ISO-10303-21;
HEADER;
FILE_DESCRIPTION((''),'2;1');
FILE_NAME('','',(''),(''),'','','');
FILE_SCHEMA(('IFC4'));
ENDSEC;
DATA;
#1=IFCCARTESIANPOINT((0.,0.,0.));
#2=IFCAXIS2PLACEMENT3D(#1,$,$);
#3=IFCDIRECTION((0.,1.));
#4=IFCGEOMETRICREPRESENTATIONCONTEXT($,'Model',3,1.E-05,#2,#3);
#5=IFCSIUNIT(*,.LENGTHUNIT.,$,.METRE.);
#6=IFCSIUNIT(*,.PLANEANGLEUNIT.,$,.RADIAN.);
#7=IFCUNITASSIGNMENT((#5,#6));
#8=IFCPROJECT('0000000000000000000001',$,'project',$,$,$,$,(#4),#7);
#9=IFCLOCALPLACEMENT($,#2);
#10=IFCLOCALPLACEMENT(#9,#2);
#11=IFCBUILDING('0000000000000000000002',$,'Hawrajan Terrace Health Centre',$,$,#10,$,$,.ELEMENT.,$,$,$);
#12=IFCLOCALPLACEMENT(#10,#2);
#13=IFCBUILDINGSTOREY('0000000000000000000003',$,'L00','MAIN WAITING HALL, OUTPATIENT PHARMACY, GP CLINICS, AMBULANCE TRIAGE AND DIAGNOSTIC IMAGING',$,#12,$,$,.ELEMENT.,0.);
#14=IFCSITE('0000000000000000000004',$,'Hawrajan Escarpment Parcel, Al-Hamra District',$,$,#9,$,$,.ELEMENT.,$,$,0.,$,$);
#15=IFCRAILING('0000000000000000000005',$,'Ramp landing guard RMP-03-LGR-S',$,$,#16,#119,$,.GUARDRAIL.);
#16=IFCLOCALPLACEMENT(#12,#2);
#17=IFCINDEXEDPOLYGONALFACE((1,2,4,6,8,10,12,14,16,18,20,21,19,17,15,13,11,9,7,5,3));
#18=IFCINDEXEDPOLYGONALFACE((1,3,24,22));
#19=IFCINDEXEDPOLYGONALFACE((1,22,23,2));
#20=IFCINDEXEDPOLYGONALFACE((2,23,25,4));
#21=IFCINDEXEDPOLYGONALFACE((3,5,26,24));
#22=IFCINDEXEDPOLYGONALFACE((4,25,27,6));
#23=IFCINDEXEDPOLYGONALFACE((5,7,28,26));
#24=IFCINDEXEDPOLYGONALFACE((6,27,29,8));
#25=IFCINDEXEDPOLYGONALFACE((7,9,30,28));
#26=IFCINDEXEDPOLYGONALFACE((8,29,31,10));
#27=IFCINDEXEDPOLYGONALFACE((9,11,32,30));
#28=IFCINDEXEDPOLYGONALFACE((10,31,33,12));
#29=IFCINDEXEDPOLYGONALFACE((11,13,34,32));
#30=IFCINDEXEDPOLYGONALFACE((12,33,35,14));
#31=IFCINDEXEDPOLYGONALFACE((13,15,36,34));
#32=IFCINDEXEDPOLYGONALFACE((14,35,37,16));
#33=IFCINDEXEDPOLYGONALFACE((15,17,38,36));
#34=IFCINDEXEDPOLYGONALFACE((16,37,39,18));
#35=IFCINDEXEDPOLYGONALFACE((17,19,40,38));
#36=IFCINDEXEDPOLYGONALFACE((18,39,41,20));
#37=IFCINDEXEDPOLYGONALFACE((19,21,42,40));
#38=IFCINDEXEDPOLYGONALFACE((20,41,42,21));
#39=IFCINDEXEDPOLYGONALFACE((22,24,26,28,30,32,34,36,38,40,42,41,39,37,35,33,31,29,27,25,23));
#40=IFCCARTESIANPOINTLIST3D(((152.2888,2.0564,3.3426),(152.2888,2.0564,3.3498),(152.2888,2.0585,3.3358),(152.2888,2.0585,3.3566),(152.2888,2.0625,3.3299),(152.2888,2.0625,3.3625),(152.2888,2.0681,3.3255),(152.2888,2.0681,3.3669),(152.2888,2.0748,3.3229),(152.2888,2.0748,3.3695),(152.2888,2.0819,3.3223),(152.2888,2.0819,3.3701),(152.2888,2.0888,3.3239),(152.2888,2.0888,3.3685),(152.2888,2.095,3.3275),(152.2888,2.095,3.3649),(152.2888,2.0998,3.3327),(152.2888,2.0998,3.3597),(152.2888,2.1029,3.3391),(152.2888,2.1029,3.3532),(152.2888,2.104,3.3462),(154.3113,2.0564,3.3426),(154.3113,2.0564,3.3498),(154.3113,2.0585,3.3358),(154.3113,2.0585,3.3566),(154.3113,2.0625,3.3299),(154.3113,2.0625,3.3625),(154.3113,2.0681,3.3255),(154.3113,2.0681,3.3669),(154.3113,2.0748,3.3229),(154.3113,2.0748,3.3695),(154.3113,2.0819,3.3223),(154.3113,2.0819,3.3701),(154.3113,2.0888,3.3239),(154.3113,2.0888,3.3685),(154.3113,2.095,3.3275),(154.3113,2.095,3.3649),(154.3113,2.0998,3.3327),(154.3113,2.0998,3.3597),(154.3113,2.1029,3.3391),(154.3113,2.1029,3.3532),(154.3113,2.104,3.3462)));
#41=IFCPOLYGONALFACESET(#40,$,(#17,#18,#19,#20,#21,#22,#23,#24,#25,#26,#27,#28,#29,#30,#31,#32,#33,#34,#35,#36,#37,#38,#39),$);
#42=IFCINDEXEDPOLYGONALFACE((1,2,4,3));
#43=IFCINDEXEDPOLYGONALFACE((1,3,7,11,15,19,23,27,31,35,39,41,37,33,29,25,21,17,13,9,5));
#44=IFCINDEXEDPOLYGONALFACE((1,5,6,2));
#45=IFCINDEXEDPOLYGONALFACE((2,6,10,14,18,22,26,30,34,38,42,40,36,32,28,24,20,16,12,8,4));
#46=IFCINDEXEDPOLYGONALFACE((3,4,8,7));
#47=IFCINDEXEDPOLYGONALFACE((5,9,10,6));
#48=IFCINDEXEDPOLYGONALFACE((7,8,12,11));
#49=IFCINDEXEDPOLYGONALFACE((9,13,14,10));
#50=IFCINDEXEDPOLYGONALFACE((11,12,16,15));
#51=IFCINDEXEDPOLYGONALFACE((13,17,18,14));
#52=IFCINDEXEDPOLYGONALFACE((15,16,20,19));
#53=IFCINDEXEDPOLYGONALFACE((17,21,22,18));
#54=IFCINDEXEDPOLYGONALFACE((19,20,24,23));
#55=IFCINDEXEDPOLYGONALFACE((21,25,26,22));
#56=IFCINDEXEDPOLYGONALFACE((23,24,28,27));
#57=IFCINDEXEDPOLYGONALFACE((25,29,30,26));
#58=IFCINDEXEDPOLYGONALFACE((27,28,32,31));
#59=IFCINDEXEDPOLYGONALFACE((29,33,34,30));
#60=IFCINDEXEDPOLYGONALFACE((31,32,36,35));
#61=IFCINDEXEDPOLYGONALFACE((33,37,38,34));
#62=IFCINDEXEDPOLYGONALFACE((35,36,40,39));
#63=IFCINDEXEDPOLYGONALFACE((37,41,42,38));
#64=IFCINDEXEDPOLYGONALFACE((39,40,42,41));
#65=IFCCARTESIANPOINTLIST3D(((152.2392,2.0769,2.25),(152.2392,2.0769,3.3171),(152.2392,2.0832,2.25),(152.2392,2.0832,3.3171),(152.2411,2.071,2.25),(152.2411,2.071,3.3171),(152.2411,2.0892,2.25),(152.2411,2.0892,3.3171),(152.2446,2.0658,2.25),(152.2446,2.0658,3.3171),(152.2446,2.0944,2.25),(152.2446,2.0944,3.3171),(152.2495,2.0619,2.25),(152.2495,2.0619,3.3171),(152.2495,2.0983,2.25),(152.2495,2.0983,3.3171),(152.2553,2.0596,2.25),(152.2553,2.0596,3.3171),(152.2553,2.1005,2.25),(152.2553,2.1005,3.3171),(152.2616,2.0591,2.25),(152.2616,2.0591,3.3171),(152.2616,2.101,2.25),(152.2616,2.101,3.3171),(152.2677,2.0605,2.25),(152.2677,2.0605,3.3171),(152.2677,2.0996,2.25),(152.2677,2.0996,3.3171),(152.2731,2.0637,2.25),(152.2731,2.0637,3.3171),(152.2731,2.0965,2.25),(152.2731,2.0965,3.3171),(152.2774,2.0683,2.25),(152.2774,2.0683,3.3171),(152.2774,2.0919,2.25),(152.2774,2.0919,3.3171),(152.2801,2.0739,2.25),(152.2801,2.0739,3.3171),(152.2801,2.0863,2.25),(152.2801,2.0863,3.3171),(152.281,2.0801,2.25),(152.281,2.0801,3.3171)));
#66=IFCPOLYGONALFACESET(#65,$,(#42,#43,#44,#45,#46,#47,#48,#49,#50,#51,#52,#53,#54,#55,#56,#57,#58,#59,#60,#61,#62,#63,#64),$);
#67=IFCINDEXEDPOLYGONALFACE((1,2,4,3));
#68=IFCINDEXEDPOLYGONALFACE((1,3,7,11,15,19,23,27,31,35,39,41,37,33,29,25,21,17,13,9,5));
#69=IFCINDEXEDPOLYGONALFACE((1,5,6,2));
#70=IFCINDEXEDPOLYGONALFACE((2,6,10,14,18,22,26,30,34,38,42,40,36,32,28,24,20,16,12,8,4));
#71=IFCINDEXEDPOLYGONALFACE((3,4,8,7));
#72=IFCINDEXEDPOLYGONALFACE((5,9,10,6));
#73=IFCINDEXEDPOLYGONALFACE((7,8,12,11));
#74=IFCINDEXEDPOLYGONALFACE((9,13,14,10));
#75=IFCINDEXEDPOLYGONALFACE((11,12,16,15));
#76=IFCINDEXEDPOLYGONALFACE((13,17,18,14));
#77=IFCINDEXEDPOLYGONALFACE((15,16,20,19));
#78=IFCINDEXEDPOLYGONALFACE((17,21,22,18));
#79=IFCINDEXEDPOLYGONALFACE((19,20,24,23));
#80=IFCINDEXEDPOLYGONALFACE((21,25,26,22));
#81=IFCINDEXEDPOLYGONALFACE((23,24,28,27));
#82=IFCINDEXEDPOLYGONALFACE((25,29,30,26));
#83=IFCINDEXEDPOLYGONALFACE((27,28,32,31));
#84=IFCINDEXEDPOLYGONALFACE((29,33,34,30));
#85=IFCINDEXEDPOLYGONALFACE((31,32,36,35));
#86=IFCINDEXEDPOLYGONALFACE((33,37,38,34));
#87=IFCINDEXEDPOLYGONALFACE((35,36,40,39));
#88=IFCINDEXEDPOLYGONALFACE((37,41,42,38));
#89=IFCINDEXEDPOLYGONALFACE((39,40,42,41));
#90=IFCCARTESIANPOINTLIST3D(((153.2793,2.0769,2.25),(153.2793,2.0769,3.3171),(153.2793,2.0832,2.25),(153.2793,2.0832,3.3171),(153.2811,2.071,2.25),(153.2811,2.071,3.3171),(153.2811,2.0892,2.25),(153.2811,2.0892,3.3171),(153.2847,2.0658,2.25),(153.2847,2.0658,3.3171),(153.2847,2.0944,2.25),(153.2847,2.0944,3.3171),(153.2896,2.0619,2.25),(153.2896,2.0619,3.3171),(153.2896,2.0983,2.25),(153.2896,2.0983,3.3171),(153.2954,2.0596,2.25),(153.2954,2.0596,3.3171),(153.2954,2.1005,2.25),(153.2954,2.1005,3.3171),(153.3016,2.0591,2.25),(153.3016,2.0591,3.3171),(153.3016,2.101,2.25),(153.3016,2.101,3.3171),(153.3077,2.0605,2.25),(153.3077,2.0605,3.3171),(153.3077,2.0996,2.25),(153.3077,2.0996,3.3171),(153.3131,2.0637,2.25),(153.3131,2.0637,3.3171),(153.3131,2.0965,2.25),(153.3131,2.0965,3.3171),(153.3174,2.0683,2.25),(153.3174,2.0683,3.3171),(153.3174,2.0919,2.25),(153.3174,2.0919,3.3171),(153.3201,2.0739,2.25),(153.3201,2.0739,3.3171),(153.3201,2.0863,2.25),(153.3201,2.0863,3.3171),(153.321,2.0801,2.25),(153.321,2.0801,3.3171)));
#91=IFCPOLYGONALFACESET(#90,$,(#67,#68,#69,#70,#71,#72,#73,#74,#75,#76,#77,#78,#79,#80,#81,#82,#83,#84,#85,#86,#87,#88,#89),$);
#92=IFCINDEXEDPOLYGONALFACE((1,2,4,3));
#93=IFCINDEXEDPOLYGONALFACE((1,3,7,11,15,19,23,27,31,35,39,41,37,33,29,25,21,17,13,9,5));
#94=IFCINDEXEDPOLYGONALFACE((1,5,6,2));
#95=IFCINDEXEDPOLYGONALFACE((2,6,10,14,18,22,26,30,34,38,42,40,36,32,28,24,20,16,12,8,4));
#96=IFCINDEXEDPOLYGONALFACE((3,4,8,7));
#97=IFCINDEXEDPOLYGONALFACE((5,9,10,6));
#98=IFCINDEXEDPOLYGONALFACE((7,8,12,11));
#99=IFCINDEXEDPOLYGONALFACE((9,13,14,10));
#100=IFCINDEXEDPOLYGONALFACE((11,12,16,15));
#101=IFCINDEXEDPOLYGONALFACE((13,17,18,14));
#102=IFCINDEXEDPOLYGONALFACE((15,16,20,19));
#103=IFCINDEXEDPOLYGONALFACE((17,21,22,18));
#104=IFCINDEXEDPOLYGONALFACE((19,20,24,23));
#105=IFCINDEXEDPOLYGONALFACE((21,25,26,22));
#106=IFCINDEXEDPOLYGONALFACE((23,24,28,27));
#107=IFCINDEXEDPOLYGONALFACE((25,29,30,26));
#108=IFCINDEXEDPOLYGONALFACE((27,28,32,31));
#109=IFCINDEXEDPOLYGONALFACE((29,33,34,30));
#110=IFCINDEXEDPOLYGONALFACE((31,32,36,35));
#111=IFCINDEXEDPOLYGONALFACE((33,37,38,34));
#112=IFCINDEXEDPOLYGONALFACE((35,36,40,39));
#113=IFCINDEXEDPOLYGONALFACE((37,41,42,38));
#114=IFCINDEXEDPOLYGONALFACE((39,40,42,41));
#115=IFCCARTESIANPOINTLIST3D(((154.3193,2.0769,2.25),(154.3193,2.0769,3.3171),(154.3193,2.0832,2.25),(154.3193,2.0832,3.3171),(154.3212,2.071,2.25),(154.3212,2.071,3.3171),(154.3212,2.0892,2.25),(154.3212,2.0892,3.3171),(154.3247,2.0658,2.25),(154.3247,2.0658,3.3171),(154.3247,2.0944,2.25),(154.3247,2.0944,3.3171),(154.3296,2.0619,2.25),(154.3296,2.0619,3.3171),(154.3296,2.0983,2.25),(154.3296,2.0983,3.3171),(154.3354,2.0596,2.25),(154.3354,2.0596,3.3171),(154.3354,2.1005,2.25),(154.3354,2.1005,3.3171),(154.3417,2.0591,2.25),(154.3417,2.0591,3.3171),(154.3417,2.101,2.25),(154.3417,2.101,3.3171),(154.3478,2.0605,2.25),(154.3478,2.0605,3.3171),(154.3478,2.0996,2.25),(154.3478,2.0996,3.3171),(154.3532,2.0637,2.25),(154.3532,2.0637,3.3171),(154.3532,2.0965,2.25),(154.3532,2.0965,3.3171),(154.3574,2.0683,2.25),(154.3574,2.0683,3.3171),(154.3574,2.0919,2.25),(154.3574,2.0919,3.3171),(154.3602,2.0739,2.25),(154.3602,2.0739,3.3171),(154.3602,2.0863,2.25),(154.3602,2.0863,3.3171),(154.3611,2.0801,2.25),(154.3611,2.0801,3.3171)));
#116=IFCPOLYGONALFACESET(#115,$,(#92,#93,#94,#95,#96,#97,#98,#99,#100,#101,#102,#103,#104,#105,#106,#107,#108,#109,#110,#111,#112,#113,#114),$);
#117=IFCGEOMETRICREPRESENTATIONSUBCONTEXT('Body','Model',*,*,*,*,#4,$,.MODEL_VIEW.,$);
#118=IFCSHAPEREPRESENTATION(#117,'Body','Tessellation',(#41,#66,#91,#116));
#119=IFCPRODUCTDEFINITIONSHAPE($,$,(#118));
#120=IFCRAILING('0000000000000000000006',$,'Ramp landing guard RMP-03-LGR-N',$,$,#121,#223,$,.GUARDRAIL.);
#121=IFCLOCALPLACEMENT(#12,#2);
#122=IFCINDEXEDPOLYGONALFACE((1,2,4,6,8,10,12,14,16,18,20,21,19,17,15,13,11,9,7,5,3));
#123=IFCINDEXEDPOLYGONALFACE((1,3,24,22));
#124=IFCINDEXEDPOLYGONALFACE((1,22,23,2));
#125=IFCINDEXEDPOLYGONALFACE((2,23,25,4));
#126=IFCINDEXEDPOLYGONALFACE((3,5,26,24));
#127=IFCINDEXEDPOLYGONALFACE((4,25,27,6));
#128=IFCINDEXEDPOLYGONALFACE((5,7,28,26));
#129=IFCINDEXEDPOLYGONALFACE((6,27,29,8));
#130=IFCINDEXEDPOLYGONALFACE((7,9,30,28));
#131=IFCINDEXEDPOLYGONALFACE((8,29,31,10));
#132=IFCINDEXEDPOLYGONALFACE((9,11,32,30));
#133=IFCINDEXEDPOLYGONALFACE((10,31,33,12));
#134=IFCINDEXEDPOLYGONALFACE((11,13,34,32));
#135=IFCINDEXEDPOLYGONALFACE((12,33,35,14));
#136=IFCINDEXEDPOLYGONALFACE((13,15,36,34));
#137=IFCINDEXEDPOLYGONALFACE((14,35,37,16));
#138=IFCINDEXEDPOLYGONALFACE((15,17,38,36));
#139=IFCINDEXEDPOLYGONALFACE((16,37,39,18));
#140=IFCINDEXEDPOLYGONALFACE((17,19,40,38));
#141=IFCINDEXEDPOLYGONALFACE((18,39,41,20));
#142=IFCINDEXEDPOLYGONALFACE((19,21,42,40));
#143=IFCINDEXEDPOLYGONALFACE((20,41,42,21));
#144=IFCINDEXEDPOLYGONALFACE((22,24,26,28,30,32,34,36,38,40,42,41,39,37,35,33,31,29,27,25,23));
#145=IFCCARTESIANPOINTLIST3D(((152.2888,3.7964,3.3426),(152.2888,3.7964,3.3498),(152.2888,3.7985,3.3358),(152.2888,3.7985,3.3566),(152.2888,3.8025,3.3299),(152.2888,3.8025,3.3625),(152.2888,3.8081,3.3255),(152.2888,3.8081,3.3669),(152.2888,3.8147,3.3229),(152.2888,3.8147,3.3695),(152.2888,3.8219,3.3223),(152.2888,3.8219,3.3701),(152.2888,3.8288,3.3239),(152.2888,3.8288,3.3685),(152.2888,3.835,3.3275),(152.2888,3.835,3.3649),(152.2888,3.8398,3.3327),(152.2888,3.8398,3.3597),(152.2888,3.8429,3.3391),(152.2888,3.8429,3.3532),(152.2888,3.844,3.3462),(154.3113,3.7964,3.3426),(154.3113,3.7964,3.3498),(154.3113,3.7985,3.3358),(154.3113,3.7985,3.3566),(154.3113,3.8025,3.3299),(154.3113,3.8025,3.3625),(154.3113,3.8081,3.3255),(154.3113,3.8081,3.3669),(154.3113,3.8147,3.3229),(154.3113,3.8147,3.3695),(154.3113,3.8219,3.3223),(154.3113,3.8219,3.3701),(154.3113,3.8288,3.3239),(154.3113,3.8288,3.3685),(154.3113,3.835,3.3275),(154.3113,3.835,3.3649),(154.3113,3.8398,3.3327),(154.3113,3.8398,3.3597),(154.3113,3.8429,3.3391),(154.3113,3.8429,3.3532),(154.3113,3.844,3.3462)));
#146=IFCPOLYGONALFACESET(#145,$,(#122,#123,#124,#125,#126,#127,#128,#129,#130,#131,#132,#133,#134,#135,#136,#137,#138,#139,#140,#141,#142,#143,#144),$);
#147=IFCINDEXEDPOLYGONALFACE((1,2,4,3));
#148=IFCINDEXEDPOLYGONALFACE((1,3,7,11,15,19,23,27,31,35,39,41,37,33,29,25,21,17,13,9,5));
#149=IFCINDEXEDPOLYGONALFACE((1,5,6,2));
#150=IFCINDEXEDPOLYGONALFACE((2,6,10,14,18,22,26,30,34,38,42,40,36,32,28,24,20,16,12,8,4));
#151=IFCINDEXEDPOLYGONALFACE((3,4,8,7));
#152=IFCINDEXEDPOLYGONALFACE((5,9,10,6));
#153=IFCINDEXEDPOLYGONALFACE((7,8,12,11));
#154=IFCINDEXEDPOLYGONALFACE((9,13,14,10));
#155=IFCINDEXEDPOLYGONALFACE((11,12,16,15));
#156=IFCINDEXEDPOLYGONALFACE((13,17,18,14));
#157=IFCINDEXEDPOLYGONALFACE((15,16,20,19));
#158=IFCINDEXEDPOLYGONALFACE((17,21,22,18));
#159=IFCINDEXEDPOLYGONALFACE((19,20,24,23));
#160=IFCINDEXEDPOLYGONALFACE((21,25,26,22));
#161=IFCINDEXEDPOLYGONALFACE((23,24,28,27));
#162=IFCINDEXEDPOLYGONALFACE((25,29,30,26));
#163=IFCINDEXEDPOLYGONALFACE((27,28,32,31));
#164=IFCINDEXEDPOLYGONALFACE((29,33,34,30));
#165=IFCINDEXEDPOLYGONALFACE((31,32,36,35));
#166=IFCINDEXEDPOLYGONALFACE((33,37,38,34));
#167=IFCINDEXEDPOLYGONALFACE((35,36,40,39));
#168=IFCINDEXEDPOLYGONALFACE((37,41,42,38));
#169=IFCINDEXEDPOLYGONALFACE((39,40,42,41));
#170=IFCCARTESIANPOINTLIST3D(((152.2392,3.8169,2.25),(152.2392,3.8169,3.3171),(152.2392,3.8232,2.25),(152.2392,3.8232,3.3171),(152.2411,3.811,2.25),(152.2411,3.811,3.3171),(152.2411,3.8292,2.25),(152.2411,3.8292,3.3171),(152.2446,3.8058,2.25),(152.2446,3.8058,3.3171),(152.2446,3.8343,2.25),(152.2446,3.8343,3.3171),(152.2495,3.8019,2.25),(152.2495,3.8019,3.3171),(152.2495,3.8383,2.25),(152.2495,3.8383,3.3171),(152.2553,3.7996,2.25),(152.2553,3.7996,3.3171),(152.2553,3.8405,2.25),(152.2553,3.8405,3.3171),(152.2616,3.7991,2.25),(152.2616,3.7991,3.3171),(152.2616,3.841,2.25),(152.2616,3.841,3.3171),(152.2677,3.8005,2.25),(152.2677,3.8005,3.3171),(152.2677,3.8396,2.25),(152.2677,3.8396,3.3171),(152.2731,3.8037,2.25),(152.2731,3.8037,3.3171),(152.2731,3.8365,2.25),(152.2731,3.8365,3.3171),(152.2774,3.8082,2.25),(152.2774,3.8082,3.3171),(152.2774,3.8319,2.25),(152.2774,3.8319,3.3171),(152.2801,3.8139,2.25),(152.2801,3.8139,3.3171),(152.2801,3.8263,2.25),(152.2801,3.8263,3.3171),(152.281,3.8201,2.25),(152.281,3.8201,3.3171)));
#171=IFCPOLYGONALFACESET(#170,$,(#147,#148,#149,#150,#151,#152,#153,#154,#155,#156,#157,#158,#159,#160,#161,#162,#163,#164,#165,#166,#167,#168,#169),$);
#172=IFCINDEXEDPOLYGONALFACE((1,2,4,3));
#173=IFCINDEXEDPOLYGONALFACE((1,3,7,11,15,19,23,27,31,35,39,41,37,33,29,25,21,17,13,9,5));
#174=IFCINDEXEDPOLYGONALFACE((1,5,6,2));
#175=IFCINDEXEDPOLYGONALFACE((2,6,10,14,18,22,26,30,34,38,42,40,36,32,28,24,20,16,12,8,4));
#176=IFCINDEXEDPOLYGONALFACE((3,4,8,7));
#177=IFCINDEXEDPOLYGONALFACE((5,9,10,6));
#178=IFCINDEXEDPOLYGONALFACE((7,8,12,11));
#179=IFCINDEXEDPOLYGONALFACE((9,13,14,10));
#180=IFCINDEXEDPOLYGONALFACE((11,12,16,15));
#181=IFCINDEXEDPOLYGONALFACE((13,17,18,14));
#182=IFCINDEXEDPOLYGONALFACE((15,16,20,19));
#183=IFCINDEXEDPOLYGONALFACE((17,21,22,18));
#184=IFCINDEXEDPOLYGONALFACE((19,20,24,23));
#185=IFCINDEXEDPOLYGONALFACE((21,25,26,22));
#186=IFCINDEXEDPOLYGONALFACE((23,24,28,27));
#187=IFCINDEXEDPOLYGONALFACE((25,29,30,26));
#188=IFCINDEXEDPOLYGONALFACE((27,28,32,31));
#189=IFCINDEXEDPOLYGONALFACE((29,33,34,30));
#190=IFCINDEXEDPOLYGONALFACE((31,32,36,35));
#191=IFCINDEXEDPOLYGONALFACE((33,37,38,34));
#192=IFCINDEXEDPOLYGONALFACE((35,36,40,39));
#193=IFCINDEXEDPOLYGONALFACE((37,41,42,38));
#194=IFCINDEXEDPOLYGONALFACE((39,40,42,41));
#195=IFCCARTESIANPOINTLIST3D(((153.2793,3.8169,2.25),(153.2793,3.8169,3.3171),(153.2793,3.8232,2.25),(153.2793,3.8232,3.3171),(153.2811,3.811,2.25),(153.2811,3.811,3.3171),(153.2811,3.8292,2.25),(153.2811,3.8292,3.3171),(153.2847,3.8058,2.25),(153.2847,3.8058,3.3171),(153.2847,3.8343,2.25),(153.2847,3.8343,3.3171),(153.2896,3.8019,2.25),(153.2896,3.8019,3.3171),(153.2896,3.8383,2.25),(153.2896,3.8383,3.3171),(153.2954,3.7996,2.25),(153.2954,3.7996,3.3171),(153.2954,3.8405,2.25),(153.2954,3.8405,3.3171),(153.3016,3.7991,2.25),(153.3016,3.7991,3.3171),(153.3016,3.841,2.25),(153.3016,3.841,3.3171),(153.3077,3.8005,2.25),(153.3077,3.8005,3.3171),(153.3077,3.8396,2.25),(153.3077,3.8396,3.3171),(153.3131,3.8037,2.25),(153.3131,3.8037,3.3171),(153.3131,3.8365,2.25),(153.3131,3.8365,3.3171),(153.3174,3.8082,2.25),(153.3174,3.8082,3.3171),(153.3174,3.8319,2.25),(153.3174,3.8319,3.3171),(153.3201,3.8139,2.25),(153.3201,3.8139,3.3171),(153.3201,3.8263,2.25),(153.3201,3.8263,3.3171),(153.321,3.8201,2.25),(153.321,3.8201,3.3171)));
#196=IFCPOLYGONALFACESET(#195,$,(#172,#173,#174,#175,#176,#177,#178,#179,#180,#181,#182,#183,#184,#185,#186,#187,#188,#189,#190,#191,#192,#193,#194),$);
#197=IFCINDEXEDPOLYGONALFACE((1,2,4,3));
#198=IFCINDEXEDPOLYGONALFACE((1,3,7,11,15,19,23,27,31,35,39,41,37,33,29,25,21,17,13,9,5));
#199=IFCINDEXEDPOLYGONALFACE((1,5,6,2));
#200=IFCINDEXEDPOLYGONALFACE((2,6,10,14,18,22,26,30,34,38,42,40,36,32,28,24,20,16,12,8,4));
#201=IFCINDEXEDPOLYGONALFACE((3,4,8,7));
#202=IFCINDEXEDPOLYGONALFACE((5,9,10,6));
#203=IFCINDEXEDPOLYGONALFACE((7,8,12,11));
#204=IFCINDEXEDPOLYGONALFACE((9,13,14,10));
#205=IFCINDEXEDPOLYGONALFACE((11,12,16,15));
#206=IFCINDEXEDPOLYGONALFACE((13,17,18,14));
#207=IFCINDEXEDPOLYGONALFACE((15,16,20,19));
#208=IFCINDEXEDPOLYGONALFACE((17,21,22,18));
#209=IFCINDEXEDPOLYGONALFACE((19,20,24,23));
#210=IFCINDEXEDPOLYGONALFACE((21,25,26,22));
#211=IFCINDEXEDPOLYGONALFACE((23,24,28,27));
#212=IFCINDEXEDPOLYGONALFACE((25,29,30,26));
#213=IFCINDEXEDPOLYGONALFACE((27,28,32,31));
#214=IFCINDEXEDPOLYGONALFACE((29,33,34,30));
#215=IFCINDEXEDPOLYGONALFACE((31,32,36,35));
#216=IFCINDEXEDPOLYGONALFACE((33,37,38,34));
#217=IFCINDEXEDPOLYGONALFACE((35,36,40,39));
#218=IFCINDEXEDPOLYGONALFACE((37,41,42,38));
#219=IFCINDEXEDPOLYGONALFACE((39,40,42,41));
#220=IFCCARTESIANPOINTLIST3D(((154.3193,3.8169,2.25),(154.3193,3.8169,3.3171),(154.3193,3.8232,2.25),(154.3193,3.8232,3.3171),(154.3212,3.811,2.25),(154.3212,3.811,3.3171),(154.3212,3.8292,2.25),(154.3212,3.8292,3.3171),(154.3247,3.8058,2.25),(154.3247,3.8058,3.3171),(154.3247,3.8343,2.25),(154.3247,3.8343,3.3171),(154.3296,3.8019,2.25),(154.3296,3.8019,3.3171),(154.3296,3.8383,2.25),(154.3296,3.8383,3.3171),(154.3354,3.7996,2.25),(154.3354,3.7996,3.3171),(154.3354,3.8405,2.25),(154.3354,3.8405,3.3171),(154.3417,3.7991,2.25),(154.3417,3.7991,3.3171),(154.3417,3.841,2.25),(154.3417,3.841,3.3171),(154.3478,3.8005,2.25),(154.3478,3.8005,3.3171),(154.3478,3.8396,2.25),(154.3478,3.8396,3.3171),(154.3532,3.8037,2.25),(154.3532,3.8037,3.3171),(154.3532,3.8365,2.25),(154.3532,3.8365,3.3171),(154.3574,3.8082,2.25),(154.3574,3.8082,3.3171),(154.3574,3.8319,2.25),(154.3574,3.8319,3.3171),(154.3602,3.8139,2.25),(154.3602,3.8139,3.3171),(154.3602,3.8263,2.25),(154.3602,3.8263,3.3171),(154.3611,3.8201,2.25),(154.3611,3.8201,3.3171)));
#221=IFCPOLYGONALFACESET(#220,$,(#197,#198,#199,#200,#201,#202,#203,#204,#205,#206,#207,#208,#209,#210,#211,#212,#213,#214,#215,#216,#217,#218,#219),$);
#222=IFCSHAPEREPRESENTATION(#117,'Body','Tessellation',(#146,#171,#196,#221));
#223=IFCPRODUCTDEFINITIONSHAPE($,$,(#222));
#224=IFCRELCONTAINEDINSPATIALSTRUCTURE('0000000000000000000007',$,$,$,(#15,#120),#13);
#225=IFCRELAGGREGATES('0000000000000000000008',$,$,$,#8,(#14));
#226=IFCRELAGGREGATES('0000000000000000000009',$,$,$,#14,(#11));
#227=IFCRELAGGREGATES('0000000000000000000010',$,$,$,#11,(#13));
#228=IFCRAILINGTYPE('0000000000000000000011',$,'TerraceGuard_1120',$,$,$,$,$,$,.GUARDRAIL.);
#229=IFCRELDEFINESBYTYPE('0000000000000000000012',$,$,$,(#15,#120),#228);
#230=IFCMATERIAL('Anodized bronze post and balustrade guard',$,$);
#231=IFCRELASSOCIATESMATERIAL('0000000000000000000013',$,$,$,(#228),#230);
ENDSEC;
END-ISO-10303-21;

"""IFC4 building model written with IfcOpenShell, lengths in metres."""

from ifc_helpers import new_model, si_unit, direction, frame, origin, origin_2d, place, context, subcontext, project, spatial, circle, extrude, material, type_object, element, save


model = new_model("IFC4")

# Units and contexts
model_context = context("Model", 3, precision=1e-05, world=origin(), true_north=direction((0.0, 1.0)))
body_context = subcontext(model_context, "Body", "Model", "MODEL_VIEW")
ifc_project = project(units=[si_unit("LENGTHUNIT", "METRE"), si_unit("PLANEANGLEUNIT", "RADIAN")], contexts=[model_context])

# Site, building, storey
site_placement = place(None, origin())
site = spatial("IfcSite", under=ifc_project, at=site_placement, Name="Hawrajan Escarpment Parcel, Al-Hamra District", CompositionType="ELEMENT", RefElevation=0.0)
building_placement = place(site_placement, origin())
building = spatial("IfcBuilding", under=site, at=building_placement, Name="Hawrajan Terrace Health Centre", CompositionType="ELEMENT")
storey_placement = place(building_placement, origin())
storey = spatial("IfcBuildingStorey", under=building, at=storey_placement, Name="L00", Description="MAIN WAITING HALL, OUTPATIENT PHARMACY, GP CLINICS, AMBULANCE TRIAGE AND DIAGNOSTIC IMAGING", CompositionType="ELEMENT", Elevation=0.0)

# Railings
ifc_material_1 = material(Name="Anodized bronze post and balustrade guard")
railing_type = type_object("IfcRailingType", Name="TerraceGuard_1120", PredefinedType="GUARDRAIL", material=ifc_material_1)
for number, where, name in (
    (1, (152.26, 2.0801, 2.25), "Ramp landing guard RMP-03-LGR-S"),
    (2, (152.26, 3.8201, 2.25), "Ramp landing guard RMP-03-LGR-N"),
):
    element("IfcRailing", number, at=place(storey_placement, frame(where)), inside=storey, type_object=railing_type, Name=name, PredefinedType="GUARDRAIL", context=body_context, shape_type="SweptSolid", body=[
        extrude(circle(Radius=0.0239, at=origin_2d()), frame((0.0288, 0.0, 1.0962), z_axis=(1.0, 0.0, 0.0), x_axis=(0.0, 1.0, 0.0)), (0.0, 0.0, 1.0), 2.0225),
        extrude(circle(Radius=0.021, at=origin_2d()), origin(), (0.0, 0.0, 1.0), 1.0671),
        extrude(circle(Radius=0.021, at=origin_2d()), frame((1.04, 0.0, 0.0)), (0.0, 0.0, 1.0), 1.0671),
        extrude(circle(Radius=0.021, at=origin_2d()), frame((2.0801, 0.0, 0.0)), (0.0, 0.0, 1.0), 1.0671),
    ])

save(model, "model.ifc")
